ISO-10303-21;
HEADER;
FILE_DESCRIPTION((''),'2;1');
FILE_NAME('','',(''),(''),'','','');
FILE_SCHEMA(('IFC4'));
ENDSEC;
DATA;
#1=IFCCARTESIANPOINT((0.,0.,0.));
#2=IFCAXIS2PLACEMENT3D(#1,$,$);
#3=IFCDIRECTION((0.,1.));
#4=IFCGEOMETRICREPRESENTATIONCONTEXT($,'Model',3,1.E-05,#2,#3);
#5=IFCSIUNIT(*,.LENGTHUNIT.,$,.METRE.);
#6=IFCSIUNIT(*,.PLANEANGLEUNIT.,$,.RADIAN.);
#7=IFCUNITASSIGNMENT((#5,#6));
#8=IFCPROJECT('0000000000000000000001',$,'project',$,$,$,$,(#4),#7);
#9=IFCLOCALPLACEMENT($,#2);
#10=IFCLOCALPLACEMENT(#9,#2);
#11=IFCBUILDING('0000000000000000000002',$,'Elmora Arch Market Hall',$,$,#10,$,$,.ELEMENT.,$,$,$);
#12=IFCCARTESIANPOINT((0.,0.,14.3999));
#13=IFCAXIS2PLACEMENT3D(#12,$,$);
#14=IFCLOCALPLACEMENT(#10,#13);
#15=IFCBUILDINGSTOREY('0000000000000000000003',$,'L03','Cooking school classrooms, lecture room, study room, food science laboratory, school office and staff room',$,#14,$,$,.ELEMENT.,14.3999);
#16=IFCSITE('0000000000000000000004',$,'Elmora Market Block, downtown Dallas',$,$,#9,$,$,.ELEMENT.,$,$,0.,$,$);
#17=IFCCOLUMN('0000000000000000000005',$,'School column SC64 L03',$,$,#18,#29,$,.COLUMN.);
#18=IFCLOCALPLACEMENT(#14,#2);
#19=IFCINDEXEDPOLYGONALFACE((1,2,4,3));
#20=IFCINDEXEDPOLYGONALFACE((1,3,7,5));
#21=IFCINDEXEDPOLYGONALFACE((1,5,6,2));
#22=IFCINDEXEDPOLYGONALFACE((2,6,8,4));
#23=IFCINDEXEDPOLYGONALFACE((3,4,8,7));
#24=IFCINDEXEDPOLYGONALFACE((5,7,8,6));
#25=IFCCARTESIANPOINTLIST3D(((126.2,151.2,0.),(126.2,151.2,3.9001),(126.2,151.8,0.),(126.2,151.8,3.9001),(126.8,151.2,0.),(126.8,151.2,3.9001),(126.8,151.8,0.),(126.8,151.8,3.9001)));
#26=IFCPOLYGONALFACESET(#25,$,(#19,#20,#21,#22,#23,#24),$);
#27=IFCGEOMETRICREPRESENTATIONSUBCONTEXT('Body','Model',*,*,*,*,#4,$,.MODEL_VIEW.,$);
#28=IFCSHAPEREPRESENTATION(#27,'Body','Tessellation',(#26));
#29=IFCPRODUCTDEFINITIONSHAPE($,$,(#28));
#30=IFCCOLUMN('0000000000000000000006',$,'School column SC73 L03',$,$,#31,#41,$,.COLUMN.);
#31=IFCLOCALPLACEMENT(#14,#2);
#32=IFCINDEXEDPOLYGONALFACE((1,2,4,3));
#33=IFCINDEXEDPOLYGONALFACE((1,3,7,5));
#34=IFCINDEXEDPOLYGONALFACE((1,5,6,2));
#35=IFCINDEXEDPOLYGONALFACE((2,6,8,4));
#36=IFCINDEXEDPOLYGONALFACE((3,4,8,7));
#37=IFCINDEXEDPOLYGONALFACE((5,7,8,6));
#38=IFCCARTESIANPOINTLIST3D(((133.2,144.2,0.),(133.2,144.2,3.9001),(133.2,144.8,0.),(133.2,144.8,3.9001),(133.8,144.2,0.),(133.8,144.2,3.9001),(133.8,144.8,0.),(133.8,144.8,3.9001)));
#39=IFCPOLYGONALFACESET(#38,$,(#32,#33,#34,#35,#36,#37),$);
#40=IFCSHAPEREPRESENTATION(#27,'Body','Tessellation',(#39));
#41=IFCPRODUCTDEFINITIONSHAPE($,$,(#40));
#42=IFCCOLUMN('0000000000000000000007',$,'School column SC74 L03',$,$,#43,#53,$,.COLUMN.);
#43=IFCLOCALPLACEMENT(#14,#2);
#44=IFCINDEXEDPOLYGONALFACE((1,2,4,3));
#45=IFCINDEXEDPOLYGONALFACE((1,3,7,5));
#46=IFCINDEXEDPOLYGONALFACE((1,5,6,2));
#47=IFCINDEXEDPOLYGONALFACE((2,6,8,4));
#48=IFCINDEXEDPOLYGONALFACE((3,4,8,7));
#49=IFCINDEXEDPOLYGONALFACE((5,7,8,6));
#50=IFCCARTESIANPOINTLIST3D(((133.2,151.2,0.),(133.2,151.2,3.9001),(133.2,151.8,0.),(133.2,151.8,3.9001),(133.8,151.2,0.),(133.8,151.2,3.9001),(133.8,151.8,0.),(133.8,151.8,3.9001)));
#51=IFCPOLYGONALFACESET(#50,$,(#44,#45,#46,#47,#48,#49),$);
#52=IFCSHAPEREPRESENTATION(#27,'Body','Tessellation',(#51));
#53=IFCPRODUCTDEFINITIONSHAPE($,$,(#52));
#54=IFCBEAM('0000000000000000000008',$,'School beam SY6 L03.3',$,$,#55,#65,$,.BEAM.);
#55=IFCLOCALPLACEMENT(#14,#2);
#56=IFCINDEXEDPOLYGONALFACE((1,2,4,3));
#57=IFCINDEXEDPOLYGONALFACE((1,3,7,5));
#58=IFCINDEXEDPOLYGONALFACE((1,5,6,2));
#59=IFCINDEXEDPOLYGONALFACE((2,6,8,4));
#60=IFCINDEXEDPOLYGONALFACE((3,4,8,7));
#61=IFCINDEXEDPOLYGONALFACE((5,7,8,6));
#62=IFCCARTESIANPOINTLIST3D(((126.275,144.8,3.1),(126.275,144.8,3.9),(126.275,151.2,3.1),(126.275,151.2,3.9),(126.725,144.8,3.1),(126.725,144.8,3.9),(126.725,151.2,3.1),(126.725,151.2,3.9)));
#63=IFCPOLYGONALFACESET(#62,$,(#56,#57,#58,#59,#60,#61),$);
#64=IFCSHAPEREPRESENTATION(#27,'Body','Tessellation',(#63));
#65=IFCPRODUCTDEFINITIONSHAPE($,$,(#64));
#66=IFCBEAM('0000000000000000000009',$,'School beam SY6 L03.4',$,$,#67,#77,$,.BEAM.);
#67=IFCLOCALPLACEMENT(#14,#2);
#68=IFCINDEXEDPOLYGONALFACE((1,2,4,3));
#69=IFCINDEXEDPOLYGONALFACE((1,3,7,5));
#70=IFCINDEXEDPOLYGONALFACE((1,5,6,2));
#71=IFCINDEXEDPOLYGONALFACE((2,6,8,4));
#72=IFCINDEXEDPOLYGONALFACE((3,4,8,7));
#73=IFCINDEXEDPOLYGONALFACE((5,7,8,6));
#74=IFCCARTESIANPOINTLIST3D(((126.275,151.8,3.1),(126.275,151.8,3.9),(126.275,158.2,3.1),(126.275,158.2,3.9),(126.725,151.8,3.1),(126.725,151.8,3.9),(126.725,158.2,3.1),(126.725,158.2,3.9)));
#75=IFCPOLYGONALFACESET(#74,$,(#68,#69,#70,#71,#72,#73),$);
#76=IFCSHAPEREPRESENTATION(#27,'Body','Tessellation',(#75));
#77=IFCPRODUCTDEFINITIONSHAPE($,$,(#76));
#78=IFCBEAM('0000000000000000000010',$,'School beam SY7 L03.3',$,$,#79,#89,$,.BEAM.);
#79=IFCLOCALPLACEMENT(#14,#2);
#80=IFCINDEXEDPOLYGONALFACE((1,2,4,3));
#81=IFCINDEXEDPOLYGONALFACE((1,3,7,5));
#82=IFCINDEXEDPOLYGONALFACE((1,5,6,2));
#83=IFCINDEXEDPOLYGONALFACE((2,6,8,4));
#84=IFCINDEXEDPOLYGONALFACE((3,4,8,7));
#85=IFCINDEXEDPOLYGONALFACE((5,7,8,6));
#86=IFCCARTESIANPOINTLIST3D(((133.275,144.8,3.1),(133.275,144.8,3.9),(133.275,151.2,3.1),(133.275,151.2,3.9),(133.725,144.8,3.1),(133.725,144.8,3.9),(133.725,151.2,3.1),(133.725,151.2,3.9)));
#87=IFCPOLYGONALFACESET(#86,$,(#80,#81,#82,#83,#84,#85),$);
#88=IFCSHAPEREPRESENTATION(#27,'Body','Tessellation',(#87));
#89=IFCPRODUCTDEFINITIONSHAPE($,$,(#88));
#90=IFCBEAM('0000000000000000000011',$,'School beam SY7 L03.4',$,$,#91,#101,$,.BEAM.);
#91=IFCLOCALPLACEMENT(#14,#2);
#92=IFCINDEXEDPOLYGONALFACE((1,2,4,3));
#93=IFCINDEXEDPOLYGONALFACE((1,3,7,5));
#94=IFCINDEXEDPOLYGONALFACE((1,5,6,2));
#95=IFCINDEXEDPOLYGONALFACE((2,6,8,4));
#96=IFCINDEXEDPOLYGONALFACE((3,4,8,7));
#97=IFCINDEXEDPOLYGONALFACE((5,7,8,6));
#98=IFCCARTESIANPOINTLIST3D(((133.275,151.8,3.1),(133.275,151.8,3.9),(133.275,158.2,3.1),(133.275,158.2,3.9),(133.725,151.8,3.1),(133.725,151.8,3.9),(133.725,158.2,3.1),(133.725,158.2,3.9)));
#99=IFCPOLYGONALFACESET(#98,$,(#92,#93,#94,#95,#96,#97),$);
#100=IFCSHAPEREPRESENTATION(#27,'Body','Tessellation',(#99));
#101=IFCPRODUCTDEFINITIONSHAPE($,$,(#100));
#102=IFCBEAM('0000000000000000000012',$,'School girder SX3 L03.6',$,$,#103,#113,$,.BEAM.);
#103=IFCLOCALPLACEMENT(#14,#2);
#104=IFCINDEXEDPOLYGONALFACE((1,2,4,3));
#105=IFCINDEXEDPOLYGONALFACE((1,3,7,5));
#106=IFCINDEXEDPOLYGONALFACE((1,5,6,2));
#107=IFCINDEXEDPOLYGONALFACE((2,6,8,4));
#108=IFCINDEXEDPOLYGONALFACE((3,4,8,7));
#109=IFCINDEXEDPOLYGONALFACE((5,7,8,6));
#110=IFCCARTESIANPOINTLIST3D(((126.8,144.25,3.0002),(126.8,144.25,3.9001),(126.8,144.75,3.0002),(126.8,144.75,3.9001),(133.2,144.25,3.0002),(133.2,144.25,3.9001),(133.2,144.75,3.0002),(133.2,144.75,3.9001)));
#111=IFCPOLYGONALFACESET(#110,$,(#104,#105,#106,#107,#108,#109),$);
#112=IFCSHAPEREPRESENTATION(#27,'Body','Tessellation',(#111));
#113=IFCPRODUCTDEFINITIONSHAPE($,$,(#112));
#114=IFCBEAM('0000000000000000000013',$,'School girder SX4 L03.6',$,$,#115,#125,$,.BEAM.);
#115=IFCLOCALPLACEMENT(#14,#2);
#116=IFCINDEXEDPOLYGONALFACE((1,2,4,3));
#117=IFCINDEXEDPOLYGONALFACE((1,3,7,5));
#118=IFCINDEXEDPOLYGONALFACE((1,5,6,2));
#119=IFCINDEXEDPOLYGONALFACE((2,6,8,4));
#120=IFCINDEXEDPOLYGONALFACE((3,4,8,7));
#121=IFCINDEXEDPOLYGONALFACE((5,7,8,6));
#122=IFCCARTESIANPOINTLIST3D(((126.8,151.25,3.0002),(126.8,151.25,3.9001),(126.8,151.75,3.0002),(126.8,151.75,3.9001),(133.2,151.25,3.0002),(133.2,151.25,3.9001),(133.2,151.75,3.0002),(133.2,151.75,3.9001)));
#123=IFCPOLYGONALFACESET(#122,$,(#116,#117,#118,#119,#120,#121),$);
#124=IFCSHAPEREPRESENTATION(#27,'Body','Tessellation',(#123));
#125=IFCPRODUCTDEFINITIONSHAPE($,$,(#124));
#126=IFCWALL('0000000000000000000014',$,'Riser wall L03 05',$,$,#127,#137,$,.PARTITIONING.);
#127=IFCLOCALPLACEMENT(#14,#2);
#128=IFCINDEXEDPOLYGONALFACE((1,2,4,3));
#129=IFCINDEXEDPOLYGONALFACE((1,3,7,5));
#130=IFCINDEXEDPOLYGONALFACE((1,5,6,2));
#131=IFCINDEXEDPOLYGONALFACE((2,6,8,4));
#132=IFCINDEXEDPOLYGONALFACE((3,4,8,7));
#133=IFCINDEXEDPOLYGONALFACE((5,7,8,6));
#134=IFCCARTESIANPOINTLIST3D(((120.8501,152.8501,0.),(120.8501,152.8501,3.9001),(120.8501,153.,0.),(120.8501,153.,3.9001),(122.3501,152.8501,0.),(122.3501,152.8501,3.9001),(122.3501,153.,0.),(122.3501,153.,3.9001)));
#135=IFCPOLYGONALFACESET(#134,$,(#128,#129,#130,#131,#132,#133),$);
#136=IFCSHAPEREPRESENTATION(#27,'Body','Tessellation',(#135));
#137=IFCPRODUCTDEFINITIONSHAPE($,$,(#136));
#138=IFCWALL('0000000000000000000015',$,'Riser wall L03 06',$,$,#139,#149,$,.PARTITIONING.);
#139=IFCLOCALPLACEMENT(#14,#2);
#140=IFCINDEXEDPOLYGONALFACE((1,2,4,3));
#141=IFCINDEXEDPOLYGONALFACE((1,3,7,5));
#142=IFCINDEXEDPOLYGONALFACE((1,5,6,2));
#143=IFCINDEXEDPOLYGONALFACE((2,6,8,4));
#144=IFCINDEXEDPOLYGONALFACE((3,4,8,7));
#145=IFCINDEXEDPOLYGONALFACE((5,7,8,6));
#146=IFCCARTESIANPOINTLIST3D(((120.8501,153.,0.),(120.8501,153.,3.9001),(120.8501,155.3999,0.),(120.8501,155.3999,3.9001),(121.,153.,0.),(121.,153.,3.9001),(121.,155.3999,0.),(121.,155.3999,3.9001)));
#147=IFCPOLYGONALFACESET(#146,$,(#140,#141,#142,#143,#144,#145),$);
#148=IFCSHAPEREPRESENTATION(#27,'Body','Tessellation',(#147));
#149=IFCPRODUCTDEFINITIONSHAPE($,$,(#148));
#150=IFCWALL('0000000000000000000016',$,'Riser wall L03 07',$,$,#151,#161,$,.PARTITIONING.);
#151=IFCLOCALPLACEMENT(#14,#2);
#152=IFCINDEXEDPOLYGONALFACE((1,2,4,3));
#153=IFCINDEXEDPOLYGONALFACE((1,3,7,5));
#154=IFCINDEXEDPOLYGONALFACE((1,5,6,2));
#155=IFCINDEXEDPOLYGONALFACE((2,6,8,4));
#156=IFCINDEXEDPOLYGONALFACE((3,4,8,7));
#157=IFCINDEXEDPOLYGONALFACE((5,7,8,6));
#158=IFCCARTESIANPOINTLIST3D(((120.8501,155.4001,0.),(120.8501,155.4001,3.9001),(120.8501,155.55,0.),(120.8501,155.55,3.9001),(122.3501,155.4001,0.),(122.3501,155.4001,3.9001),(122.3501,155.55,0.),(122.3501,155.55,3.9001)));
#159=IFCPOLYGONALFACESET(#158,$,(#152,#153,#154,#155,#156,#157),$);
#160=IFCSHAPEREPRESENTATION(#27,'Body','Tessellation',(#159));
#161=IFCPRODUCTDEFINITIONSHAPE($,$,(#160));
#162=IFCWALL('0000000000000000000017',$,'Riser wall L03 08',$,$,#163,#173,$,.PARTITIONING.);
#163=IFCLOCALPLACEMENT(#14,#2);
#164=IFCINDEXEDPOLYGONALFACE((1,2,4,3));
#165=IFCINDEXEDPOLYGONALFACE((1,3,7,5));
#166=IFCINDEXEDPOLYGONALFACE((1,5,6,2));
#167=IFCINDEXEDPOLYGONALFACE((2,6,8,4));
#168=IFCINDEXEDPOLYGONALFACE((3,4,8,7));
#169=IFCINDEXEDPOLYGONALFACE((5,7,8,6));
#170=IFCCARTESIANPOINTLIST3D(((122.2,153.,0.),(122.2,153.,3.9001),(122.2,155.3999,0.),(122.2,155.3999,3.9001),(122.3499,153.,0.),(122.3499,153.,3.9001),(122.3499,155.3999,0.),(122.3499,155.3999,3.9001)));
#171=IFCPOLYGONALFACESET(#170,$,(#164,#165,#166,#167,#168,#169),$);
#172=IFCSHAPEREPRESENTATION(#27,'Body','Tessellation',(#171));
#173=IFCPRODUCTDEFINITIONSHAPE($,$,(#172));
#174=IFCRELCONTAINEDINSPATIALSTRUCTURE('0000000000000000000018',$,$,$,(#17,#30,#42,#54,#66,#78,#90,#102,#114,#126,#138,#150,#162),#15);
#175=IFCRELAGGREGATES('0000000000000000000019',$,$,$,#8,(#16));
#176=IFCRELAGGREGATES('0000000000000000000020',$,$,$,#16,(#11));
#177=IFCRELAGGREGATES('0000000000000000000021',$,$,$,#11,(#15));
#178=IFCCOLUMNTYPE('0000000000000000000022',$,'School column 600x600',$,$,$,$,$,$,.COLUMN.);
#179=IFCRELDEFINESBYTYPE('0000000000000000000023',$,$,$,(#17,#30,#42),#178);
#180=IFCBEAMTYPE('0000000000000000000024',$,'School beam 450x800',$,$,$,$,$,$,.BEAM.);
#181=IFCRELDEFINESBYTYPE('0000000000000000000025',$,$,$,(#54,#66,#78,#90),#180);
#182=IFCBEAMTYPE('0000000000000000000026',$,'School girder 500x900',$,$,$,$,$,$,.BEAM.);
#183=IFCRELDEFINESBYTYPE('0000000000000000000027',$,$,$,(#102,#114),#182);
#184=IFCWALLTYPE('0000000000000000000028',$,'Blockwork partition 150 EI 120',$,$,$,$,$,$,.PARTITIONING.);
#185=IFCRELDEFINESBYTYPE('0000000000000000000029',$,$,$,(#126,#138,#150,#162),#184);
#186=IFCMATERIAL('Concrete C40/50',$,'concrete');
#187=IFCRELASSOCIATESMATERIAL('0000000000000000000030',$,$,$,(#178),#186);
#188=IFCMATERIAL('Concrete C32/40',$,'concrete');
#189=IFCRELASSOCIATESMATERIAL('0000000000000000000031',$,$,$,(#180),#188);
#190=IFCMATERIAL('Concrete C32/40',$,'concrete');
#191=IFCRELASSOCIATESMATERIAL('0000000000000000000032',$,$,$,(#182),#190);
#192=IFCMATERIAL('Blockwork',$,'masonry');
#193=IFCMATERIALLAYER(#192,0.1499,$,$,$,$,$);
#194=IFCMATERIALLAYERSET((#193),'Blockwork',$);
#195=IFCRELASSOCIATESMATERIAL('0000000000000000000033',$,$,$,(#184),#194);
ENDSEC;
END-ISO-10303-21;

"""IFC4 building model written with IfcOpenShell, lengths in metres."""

from ifc_helpers import new_model, si_unit, direction, frame, frame_2d, origin, origin_2d, place, context, subcontext, project, spatial, rectangle, extrude, material, layer, layer_set, material_profile, profile_set, type_object, element, save


model = new_model("IFC4")

# Units and contexts
model_context = context("Model", 3, precision=1e-05, world=origin(), true_north=direction((0.0, 1.0)))
body_context = subcontext(model_context, "Body", "Model", "MODEL_VIEW")
ifc_project = project(units=[si_unit("LENGTHUNIT", "METRE"), si_unit("PLANEANGLEUNIT", "RADIAN")], contexts=[model_context])

# Site, building, storey
site_placement = place(None, origin())
site = spatial("IfcSite", under=ifc_project, at=site_placement, Name="Elmora Market Block, downtown Dallas", CompositionType="ELEMENT", RefElevation=0.0)
building_placement = place(site_placement, origin())
building = spatial("IfcBuilding", under=site, at=building_placement, Name="Elmora Arch Market Hall", CompositionType="ELEMENT")
storey_placement = place(building_placement, frame((0.0, 0.0, 14.3999)))
storey = spatial("IfcBuildingStorey", under=building, at=storey_placement, Name="L03", Description="Cooking school classrooms, lecture room, study room, food science laboratory, school office and staff room", CompositionType="ELEMENT", Elevation=14.3999)

# Columns
ifc_material_1 = material(Name="Concrete C40/50", Category="concrete")
ifc_material_profile_1 = material_profile(ifc_material_1, rectangle(XDim=0.6001, YDim=0.6001, at=origin_2d()), Name="School column 600x600")
ifc_profile_set_1 = profile_set([ifc_material_profile_1], Name="Concrete C40/50")
column_type = type_object("IfcColumnType", Name="School column 600x600", PredefinedType="COLUMN", material=ifc_profile_set_1)
for number, where, z_axis, x_axis, name in (
    (1, (126.5, 151.5, 0.0), (0.0, 0.0, 1.0), (1.0, 0.0, 0.0), "School column SC64 L03"),
    (2, (133.5, 144.5, 0.0), (0.0, 0.0, 1.0), (1.0, 0.0, 0.0), "School column SC73 L03"),
    (3, (133.5, 151.5, 0.0), (0.0, 0.0, 1.0), (1.0, 0.0, 0.0), "School column SC74 L03"),
):
    element("IfcColumn", number, at=place(storey_placement, frame(where, z_axis=z_axis, x_axis=x_axis)), inside=storey, type_object=column_type, Name=name, PredefinedType="COLUMN", context=body_context, shape_type="SweptSolid", body=[
        extrude(rectangle(XDim=0.6001, YDim=0.6001, at=origin_2d()), origin(), (0.0, 0.0, 1.0), 3.9001),
    ])

# Beams
ifc_material_2 = material(Name="Concrete C32/40", Category="concrete")
ifc_material_profile_2 = material_profile(ifc_material_2, rectangle(XDim=0.45, YDim=0.8, at=origin_2d()), Name="School beam 450x800")
ifc_profile_set_2 = profile_set([ifc_material_profile_2], Name="Concrete C32/40")
beam_type_1 = type_object("IfcBeamType", Name="School beam 450x800", PredefinedType="BEAM", material=ifc_profile_set_2)
for number, where, z_axis, x_axis, name in (
    (4, (126.5, 144.8, 3.5), (0.0, 1.0, 0.0), (-1.0, 0.0, 0.0), "School beam SY6 L03.3"),
    (5, (126.5, 151.8, 3.5), (0.0, 1.0, 0.0), (-1.0, 0.0, 0.0), "School beam SY6 L03.4"),
    (6, (133.5, 144.8, 3.5), (0.0, 1.0, 0.0), (-1.0, 0.0, 0.0), "School beam SY7 L03.3"),
    (7, (133.5, 151.8, 3.5), (0.0, 1.0, 0.0), (-1.0, 0.0, 0.0), "School beam SY7 L03.4"),
):
    element("IfcBeam", number, at=place(storey_placement, frame(where, z_axis=z_axis, x_axis=x_axis)), inside=storey, type_object=beam_type_1, Name=name, PredefinedType="BEAM", context=body_context, shape_type="SweptSolid", body=[
        extrude(rectangle(XDim=0.45, YDim=0.8, at=origin_2d()), origin(), (0.0, 0.0, 1.0), 6.3999),
    ])
ifc_material_3 = material(Name="Concrete C32/40", Category="concrete")
ifc_material_profile_3 = material_profile(ifc_material_3, rectangle(XDim=0.5, YDim=0.8999, at=origin_2d()), Name="School girder 500x900")
ifc_profile_set_3 = profile_set([ifc_material_profile_3], Name="Concrete C32/40")
beam_type_2 = type_object("IfcBeamType", Name="School girder 500x900", PredefinedType="BEAM", material=ifc_profile_set_3)
for number, where, z_axis, x_axis, name in (
    (8, (126.8, 144.5, 3.4502), (1.0, 0.0, 0.0), (0.0, 1.0, 0.0), "School girder SX3 L03.6"),
    (9, (126.8, 151.5, 3.4502), (1.0, 0.0, 0.0), (0.0, 1.0, 0.0), "School girder SX4 L03.6"),
):
    element("IfcBeam", number, at=place(storey_placement, frame(where, z_axis=z_axis, x_axis=x_axis)), inside=storey, type_object=beam_type_2, Name=name, PredefinedType="BEAM", context=body_context, shape_type="SweptSolid", body=[
        extrude(rectangle(XDim=0.5, YDim=0.8999, at=origin_2d()), origin(), (0.0, 0.0, 1.0), 6.3999),
    ])

# Walls
ifc_material_4 = material(Name="Blockwork", Category="masonry")
ifc_layer_1 = layer(ifc_material_4, 0.1499)
ifc_layer_set_1 = layer_set([ifc_layer_1], Name="Blockwork")
wall_type_1 = type_object("IfcWallType", Name="Blockwork partition 150 EI 120", PredefinedType="PARTITIONING", material=ifc_layer_set_1)
wall_1_placement = place(storey_placement, frame((120.8501, 152.925, 0.0), z_axis=(0.0, 0.0, 1.0), x_axis=(1.0, 0.0, 0.0)))
element("IfcWall", 10, at=wall_1_placement, inside=storey, type_object=wall_type_1, Name="Riser wall L03 05", PredefinedType="PARTITIONING", context=body_context, shape_type="SweptSolid", body=[
    extrude(rectangle(XDim=1.5, YDim=0.1499, at=frame_2d((0.75, 0.0))), origin(), (0.0, 0.0, 1.0), 3.9001),
])
wall_2_placement = place(storey_placement, frame((120.925, 153.0, 0.0), z_axis=(0.0, 0.0, 1.0), x_axis=(0.0, 1.0, 0.0)))
element("IfcWall", 11, at=wall_2_placement, inside=storey, type_object=wall_type_1, Name="Riser wall L03 06", PredefinedType="PARTITIONING", context=body_context, shape_type="SweptSolid", body=[
    extrude(rectangle(XDim=2.3999, YDim=0.1499, at=frame_2d((1.2, 0.0))), origin(), (0.0, 0.0, 1.0), 3.9001),
])
wall_3_placement = place(storey_placement, frame((120.8501, 155.4751, 0.0), z_axis=(0.0, 0.0, 1.0), x_axis=(1.0, 0.0, 0.0)))
element("IfcWall", 12, at=wall_3_placement, inside=storey, type_object=wall_type_1, Name="Riser wall L03 07", PredefinedType="PARTITIONING", context=body_context, shape_type="SweptSolid", body=[
    extrude(rectangle(XDim=1.5, YDim=0.1499, at=frame_2d((0.75, 0.0))), origin(), (0.0, 0.0, 1.0), 3.9001),
])
wall_4_placement = place(storey_placement, frame((122.2749, 153.0, 0.0), z_axis=(0.0, 0.0, 1.0), x_axis=(0.0, 1.0, 0.0)))
element("IfcWall", 13, at=wall_4_placement, inside=storey, type_object=wall_type_1, Name="Riser wall L03 08", PredefinedType="PARTITIONING", context=body_context, shape_type="SweptSolid", body=[
    extrude(rectangle(XDim=2.3999, YDim=0.1499, at=frame_2d((1.2, 0.0))), origin(), (0.0, 0.0, 1.0), 3.9001),
])

save(model, "model.ifc")
